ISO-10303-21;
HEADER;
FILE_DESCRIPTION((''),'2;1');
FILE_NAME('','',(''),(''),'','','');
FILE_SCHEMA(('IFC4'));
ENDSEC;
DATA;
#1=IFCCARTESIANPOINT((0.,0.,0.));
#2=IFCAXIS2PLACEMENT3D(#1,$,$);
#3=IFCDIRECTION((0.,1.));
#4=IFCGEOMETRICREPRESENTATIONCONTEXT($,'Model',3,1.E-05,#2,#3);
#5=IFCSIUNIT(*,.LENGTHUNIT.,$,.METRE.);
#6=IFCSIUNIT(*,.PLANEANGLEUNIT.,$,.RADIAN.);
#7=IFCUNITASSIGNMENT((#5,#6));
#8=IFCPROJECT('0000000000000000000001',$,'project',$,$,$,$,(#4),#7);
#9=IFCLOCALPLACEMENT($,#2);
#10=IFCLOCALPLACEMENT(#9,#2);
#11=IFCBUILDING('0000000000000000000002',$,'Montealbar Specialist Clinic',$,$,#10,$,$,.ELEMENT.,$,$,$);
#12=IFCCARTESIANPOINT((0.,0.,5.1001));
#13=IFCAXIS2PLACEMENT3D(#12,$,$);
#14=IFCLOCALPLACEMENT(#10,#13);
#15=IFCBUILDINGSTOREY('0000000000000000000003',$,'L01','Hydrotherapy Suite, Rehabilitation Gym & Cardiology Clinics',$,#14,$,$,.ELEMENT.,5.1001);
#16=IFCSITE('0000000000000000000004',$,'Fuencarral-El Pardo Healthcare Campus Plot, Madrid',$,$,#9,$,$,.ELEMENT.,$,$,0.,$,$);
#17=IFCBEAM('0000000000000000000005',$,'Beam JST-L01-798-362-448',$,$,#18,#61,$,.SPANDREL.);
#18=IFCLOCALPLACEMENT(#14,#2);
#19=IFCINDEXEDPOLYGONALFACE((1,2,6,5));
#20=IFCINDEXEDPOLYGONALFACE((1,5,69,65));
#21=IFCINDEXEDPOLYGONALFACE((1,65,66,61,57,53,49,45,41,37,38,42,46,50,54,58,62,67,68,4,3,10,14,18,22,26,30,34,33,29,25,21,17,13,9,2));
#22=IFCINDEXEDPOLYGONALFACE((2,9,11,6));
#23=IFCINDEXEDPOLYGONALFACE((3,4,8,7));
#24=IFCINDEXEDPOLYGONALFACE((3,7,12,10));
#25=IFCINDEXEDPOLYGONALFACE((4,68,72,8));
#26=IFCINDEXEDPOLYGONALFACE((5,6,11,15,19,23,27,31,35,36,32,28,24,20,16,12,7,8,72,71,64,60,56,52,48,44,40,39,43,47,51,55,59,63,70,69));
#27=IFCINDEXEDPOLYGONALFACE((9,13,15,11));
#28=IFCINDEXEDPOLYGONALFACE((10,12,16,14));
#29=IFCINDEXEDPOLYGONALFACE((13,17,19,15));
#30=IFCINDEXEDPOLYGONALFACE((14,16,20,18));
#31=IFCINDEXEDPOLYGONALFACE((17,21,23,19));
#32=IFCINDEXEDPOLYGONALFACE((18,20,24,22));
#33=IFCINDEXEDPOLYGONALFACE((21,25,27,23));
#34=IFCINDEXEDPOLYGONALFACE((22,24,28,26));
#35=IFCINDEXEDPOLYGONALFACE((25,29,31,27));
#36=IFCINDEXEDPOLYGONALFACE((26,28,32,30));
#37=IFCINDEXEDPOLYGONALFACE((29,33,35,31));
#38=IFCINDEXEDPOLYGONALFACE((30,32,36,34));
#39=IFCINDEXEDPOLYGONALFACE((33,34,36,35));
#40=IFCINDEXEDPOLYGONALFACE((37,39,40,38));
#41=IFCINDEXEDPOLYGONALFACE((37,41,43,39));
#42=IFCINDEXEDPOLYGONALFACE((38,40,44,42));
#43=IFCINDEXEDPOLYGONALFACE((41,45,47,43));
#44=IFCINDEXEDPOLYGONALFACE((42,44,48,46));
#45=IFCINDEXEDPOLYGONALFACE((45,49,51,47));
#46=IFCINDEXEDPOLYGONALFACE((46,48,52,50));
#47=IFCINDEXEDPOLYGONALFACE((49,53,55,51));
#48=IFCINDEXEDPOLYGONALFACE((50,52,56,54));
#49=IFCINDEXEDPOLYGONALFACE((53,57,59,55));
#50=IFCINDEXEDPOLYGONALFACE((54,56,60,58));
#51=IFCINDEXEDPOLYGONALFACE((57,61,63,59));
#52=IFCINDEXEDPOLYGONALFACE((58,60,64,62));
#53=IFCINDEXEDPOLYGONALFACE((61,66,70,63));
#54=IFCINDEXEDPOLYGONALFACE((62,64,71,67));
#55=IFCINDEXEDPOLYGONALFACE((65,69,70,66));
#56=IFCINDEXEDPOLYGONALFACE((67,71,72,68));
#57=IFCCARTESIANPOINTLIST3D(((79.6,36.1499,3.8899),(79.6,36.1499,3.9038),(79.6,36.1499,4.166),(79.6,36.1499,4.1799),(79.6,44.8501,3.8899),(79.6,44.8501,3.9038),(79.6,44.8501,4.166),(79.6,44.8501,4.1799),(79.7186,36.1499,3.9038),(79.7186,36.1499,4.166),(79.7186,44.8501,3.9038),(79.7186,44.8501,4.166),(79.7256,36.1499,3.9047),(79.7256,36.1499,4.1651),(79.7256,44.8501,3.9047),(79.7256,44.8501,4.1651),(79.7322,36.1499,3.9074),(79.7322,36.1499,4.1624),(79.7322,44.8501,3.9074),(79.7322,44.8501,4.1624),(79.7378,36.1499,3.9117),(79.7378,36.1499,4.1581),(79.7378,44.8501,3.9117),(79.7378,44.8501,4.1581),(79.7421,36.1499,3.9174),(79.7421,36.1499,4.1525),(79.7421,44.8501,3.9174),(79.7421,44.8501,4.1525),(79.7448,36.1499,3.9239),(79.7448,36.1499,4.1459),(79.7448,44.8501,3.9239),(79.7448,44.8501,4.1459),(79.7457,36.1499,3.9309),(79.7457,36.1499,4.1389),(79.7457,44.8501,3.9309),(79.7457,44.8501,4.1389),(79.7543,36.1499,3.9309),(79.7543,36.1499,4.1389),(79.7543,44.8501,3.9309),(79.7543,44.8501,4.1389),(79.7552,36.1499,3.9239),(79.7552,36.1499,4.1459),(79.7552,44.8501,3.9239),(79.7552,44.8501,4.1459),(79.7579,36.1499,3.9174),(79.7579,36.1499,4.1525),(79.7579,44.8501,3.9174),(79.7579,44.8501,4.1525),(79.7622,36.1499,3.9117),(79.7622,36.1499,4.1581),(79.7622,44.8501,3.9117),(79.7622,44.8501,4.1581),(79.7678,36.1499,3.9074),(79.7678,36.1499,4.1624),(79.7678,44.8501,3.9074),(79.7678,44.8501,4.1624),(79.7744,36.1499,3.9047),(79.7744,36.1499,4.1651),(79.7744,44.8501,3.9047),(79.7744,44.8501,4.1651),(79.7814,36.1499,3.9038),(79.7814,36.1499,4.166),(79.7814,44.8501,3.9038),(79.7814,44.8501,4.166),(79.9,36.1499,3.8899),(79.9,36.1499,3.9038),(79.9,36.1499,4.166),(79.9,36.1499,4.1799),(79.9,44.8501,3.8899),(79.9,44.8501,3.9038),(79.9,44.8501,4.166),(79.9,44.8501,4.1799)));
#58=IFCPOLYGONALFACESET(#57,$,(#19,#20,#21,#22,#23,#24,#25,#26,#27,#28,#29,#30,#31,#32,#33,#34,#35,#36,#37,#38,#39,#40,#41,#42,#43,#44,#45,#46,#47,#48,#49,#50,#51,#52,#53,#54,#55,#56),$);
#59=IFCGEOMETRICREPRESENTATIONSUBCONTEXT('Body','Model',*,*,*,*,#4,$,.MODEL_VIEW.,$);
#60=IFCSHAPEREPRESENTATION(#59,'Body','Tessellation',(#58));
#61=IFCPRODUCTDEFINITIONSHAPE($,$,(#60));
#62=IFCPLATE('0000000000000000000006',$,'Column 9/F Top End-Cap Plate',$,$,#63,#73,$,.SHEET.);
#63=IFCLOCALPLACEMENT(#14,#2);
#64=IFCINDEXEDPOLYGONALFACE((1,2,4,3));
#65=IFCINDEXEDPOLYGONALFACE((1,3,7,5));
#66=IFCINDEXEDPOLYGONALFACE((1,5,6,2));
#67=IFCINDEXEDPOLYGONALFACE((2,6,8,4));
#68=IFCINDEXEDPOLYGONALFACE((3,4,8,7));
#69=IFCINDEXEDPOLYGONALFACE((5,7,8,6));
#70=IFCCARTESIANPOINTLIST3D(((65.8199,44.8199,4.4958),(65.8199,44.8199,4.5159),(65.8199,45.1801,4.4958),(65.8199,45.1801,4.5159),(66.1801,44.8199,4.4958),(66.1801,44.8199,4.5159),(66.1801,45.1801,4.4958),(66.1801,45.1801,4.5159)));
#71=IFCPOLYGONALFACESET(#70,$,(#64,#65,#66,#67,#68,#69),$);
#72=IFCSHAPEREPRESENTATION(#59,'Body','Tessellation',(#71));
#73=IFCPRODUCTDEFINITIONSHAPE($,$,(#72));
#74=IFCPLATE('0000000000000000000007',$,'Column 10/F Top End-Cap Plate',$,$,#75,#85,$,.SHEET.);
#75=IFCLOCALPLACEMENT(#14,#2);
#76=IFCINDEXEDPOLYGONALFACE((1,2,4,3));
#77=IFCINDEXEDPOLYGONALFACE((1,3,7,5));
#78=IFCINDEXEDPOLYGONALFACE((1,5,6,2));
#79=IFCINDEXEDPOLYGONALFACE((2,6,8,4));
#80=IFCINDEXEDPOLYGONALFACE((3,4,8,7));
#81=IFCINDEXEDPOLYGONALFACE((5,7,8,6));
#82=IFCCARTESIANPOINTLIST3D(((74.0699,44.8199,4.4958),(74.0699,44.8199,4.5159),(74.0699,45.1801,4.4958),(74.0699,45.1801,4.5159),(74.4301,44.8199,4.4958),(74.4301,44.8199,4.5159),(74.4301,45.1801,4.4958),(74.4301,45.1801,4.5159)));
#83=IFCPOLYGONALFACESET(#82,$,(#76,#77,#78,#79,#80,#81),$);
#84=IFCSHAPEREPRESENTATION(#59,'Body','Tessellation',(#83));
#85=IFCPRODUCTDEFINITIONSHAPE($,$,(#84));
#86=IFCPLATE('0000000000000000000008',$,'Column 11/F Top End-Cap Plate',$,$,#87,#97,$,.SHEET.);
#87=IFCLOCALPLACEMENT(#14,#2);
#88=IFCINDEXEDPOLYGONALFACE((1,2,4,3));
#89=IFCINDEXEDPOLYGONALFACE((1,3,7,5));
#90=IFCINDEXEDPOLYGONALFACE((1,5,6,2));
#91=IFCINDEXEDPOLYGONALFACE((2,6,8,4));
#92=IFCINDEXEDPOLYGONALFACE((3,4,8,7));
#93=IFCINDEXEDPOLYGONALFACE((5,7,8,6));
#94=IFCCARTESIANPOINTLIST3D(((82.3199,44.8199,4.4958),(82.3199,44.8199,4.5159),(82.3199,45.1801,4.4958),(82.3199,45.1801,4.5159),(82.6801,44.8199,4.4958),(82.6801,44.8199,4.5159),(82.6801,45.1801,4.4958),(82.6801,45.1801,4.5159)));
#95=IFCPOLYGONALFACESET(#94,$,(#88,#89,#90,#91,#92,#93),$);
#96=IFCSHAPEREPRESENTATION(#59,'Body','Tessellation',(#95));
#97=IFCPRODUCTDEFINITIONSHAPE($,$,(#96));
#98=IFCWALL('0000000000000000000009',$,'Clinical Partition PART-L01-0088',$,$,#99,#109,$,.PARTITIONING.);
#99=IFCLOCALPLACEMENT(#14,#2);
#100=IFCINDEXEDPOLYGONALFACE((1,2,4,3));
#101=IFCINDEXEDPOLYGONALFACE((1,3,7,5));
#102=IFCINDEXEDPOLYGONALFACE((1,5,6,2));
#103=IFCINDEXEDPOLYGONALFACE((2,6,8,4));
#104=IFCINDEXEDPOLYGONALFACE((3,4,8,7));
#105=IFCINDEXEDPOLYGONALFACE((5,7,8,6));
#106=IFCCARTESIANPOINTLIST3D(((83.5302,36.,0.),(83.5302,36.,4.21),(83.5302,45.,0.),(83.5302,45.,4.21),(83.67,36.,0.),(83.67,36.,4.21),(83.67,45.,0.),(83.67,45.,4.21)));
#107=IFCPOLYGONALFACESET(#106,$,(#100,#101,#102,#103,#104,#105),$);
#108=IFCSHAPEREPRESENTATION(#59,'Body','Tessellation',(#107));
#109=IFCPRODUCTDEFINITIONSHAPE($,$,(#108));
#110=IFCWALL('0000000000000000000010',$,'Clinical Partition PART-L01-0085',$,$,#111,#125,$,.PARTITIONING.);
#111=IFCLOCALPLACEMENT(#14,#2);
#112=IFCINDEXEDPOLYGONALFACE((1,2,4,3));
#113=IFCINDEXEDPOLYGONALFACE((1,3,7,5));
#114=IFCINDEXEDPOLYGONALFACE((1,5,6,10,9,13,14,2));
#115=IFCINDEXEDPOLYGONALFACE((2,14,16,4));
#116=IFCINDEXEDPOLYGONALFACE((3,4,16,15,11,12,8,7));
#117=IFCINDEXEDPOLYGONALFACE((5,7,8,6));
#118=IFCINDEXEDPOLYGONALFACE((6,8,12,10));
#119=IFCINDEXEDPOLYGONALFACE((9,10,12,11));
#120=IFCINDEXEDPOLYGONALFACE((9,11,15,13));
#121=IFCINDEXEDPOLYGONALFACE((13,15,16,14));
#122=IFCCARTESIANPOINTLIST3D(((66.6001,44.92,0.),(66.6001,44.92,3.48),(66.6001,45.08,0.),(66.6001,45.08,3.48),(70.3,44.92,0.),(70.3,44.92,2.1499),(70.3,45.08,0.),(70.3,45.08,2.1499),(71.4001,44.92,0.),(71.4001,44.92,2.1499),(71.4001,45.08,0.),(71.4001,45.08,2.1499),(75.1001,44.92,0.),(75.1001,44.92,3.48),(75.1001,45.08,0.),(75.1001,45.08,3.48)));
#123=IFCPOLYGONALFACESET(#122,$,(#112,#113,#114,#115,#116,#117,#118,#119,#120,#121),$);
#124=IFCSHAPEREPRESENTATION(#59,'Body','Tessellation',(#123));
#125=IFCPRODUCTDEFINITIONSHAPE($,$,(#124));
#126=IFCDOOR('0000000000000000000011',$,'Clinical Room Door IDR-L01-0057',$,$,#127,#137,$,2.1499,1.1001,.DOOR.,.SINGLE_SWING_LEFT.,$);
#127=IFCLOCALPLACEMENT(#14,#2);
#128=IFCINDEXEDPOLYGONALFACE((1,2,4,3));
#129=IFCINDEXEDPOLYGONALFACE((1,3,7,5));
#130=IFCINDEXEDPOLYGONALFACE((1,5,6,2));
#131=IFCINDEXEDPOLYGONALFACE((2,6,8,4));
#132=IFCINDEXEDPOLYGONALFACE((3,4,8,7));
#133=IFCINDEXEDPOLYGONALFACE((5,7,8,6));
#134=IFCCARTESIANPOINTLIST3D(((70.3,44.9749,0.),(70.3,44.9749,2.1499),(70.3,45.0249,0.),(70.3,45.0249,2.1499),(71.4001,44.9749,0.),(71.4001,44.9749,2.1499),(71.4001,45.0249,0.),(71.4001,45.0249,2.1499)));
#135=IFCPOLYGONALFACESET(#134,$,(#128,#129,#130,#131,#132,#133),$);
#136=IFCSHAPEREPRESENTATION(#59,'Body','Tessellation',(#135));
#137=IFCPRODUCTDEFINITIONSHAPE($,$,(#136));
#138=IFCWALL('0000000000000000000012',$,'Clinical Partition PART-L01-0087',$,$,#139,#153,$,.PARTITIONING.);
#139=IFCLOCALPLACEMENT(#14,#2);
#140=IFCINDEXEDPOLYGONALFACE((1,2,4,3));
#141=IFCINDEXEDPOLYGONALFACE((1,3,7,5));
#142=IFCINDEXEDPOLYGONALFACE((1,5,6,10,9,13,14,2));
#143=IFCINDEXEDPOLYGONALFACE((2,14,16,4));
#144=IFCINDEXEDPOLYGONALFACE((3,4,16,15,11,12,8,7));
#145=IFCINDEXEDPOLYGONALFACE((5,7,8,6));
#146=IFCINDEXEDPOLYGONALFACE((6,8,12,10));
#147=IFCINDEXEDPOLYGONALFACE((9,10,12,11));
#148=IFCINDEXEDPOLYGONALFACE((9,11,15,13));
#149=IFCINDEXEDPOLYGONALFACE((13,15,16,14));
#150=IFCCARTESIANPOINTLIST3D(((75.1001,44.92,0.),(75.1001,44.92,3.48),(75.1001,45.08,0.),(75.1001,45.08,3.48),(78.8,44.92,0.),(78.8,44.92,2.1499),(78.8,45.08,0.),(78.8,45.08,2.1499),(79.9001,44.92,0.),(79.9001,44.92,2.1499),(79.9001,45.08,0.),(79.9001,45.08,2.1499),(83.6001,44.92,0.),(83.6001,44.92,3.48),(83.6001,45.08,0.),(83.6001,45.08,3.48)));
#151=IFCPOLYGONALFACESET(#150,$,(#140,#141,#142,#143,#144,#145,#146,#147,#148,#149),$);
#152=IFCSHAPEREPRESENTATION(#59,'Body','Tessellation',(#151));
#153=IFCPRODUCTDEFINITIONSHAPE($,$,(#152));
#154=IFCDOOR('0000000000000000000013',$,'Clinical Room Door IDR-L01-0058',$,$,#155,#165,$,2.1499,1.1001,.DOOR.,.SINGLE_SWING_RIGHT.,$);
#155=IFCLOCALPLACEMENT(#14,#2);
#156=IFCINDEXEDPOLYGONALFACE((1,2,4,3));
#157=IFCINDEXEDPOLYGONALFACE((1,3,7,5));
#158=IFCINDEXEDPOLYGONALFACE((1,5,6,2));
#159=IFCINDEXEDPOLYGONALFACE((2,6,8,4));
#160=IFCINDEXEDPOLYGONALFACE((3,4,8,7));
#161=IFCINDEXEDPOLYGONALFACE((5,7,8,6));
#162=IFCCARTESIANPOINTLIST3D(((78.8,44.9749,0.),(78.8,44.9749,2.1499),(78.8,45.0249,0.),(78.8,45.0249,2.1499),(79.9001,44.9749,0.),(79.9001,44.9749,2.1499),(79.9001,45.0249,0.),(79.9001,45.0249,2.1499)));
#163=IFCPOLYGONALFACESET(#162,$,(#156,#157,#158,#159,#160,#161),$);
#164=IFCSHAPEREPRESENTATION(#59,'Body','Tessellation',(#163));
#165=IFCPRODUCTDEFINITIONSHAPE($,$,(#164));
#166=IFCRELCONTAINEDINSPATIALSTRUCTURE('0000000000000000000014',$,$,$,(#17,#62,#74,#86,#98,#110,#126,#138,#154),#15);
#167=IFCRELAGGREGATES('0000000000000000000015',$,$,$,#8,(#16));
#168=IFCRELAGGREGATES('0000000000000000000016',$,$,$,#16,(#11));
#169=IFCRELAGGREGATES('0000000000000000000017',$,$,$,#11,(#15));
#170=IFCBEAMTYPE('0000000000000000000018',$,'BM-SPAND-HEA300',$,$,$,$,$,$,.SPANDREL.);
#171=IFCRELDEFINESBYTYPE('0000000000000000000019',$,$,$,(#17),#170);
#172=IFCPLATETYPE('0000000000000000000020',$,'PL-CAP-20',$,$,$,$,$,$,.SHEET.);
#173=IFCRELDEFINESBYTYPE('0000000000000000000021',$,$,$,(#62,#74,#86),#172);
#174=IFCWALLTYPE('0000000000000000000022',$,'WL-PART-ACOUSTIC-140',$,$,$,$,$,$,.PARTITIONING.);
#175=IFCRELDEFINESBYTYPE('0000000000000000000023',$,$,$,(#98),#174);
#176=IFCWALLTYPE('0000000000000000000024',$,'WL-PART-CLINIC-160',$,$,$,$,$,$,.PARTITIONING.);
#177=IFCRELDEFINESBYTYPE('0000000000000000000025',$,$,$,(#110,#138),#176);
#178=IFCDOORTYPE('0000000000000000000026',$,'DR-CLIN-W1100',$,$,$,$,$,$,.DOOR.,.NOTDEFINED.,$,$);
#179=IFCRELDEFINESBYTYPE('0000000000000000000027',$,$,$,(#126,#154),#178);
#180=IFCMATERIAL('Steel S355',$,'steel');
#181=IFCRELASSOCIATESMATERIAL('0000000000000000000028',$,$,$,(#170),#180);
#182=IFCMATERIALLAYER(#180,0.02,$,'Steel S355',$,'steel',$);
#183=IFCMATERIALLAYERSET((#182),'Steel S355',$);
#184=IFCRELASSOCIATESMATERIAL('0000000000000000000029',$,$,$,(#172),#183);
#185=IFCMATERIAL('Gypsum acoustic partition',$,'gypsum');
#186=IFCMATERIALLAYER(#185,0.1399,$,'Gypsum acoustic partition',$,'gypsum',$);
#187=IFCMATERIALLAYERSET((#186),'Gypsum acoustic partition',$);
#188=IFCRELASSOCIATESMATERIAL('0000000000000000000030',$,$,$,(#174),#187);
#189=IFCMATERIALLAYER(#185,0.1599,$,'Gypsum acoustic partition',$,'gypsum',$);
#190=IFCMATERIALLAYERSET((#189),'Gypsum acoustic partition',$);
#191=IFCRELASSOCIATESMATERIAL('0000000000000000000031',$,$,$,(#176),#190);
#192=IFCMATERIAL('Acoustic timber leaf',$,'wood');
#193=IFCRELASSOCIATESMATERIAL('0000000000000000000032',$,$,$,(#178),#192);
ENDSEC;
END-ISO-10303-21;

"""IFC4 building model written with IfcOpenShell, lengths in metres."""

from ifc_helpers import new_model, si_unit, direction, frame, frame_2d, origin, origin_2d, place, context, subcontext, project, spatial, rectangle, i_section, extrude, material, layer, layer_set, material_profile, profile_set, type_object, element, fill, save


model = new_model("IFC4")

# Units and contexts
model_context = context("Model", 3, precision=1e-05, world=origin(), true_north=direction((0.0, 1.0)))
body_context = subcontext(model_context, "Body", "Model", "MODEL_VIEW")
ifc_project = project(units=[si_unit("LENGTHUNIT", "METRE"), si_unit("PLANEANGLEUNIT", "RADIAN")], contexts=[model_context])

# Site, building, storey
site_placement = place(None, origin())
site = spatial("IfcSite", under=ifc_project, at=site_placement, Name="Fuencarral-El Pardo Healthcare Campus Plot, Madrid", CompositionType="ELEMENT", RefElevation=0.0)
building_placement = place(site_placement, origin())
building = spatial("IfcBuilding", under=site, at=building_placement, Name="Montealbar Specialist Clinic", CompositionType="ELEMENT")
storey_placement = place(building_placement, frame((0.0, 0.0, 5.1001)))
storey = spatial("IfcBuildingStorey", under=building, at=storey_placement, Name="L01", Description="Hydrotherapy Suite, Rehabilitation Gym & Cardiology Clinics", CompositionType="ELEMENT", Elevation=5.1001)

# Shared definitions
ifc_material_1 = material(Name="Steel S355", Category="steel")

# Beam
ifc_material_profile_1 = material_profile(ifc_material_1, i_section(OverallWidth=0.3, OverallDepth=0.29, WebThickness=0.0085, FlangeThickness=0.0139, FilletRadius=0.0271, at=origin_2d()), Name="HEA 300", Category="steel")
ifc_profile_set_1 = profile_set([ifc_material_profile_1], Name="Steel S355")
beam_type_1 = type_object("IfcBeamType", Name="BM-SPAND-HEA300", PredefinedType="SPANDREL", material=ifc_profile_set_1)
beam_1_placement = place(storey_placement, frame((79.75, 36.1499, 4.0349), z_axis=(0.0, 1.0, 0.0), x_axis=(-1.0, 0.0, 0.0)))
element("IfcBeam", 1, at=beam_1_placement, inside=storey, type_object=beam_type_1, Name="Beam JST-L01-798-362-448", PredefinedType="SPANDREL", context=body_context, shape_type="SweptSolid", body=[
    extrude(i_section(OverallWidth=0.3, OverallDepth=0.29, WebThickness=0.0085, FlangeThickness=0.0139, FilletRadius=0.0271, at=origin_2d()), origin(), (0.0, 0.0, 1.0), 8.7002),
])

# Plates
ifc_layer_1 = layer(ifc_material_1, 0.02, Name="Steel S355", Category="steel")
ifc_layer_set_1 = layer_set([ifc_layer_1], Name="Steel S355")
plate_type = type_object("IfcPlateType", Name="PL-CAP-20", PredefinedType="SHEET", material=ifc_layer_set_1)
for number, where, z_axis, x_axis, name in (
    (2, (66.0, 45.0, 4.4958), (0.0, 0.0, 1.0), (1.0, 0.0, 0.0), "Column 9/F Top End-Cap Plate"),
    (3, (74.25, 45.0, 4.4958), (0.0, 0.0, 1.0), (1.0, 0.0, 0.0), "Column 10/F Top End-Cap Plate"),
    (4, (82.5, 45.0, 4.4958), (0.0, 0.0, 1.0), (1.0, 0.0, 0.0), "Column 11/F Top End-Cap Plate"),
):
    element("IfcPlate", number, at=place(storey_placement, frame(where, z_axis=z_axis, x_axis=x_axis)), inside=storey, type_object=plate_type, Name=name, PredefinedType="SHEET", context=body_context, shape_type="SweptSolid", body=[
        extrude(rectangle(XDim=0.3601, YDim=0.3601, at=origin_2d()), origin(), (0.0, 0.0, 1.0), 0.02),
    ])

# Wall
ifc_material_2 = material(Name="Gypsum acoustic partition", Category="gypsum")
ifc_layer_2 = layer(ifc_material_2, 0.1399, Name="Gypsum acoustic partition", Category="gypsum")
ifc_layer_set_2 = layer_set([ifc_layer_2], Name="Gypsum acoustic partition")
wall_type_1 = type_object("IfcWallType", Name="WL-PART-ACOUSTIC-140", PredefinedType="PARTITIONING", material=ifc_layer_set_2)
wall_1_placement = place(storey_placement, frame((83.6001, 36.0, 0.0), z_axis=(0.0, 0.0, 1.0), x_axis=(0.0, 1.0, 0.0)))
element("IfcWall", 5, at=wall_1_placement, inside=storey, type_object=wall_type_1, Name="Clinical Partition PART-L01-0088", PredefinedType="PARTITIONING", context=body_context, shape_type="SweptSolid", body=[
    extrude(rectangle(XDim=9.0, YDim=0.1399, at=frame_2d((4.5, 0.0))), origin(), (0.0, 0.0, 1.0), 4.21),
])

# Walls, openings, doors
ifc_layer_3 = layer(ifc_material_2, 0.1599, Name="Gypsum acoustic partition", Category="gypsum")
ifc_layer_set_3 = layer_set([ifc_layer_3], Name="Gypsum acoustic partition")
wall_type_2 = type_object("IfcWallType", Name="WL-PART-CLINIC-160", PredefinedType="PARTITIONING", material=ifc_layer_set_3)
wall_2_placement = place(storey_placement, frame((66.6001, 45.0, 0.0), z_axis=(0.0, 0.0, 1.0), x_axis=(1.0, 0.0, 0.0)))
wall_2 = element("IfcWall", 6, at=wall_2_placement, inside=storey, type_object=wall_type_2, Name="Clinical Partition PART-L01-0085", PredefinedType="PARTITIONING", context=body_context, shape_type="SweptSolid", body=[
    extrude(rectangle(XDim=8.5, YDim=0.1599, at=frame_2d((4.25, 0.0))), origin(), (0.0, 0.0, 1.0), 3.48),
])
opening_1_placement = place(wall_2_placement, frame((3.7, 0.0, 0.0)))
opening_1 = element("IfcOpeningElement", 7, at=opening_1_placement, cuts=wall_2, PredefinedType="OPENING", context=body_context, shape_type="SweptSolid", body=[
    extrude(rectangle(XDim=1.1001, YDim=2.1499, at=frame_2d((0.55, 1.075))), frame((0.0, 0.0898, 0.0), z_axis=(0.0, -1.0, 0.0), x_axis=(1.0, 0.0, 0.0)), (0.0, 0.0, 1.0), 0.1799),
])
ifc_material_3 = material(Name="Acoustic timber leaf", Category="wood")
door_type = type_object("IfcDoorType", Name="DR-CLIN-W1100", OperationType="NOTDEFINED", PredefinedType="DOOR", material=ifc_material_3)
door_1_placement = place(opening_1_placement, origin())
door_1 = element("IfcDoor", 8, at=door_1_placement, inside=storey, type_object=door_type, Name="Clinical Room Door IDR-L01-0057", OperationType="SINGLE_SWING_LEFT", OverallHeight=2.1499, OverallWidth=1.1001, PredefinedType="DOOR", context=body_context, shape_type="SweptSolid", body=[
    extrude(rectangle(XDim=1.1001, YDim=2.1499, at=frame_2d((0.55, 1.075))), frame((0.0, 0.0249, 0.0), z_axis=(0.0, -1.0, 0.0), x_axis=(1.0, 0.0, 0.0)), (0.0, 0.0, 1.0), 0.05),
])
fill(opening_1, door_1)
wall_3_placement = place(storey_placement, frame((75.1001, 45.0, 0.0), z_axis=(0.0, 0.0, 1.0), x_axis=(1.0, 0.0, 0.0)))
wall_3 = element("IfcWall", 9, at=wall_3_placement, inside=storey, type_object=wall_type_2, Name="Clinical Partition PART-L01-0087", PredefinedType="PARTITIONING", context=body_context, shape_type="SweptSolid", body=[
    extrude(rectangle(XDim=8.5, YDim=0.1599, at=frame_2d((4.25, 0.0))), origin(), (0.0, 0.0, 1.0), 3.48),
])
opening_2_placement = place(wall_3_placement, frame((3.7, 0.0, 0.0)))
opening_2 = element("IfcOpeningElement", 10, at=opening_2_placement, cuts=wall_3, PredefinedType="OPENING", context=body_context, shape_type="SweptSolid", body=[
    extrude(rectangle(XDim=1.1001, YDim=2.1499, at=frame_2d((0.55, 1.075))), frame((0.0, 0.0898, 0.0), z_axis=(0.0, -1.0, 0.0), x_axis=(1.0, 0.0, 0.0)), (0.0, 0.0, 1.0), 0.1799),
])
door_2_placement = place(opening_2_placement, origin())
door_2 = element("IfcDoor", 11, at=door_2_placement, inside=storey, type_object=door_type, Name="Clinical Room Door IDR-L01-0058", OperationType="SINGLE_SWING_RIGHT", OverallHeight=2.1499, OverallWidth=1.1001, PredefinedType="DOOR", context=body_context, shape_type="SweptSolid", body=[
    extrude(rectangle(XDim=1.1001, YDim=2.1499, at=frame_2d((0.55, 1.075))), frame((0.0, 0.0249, 0.0), z_axis=(0.0, -1.0, 0.0), x_axis=(1.0, 0.0, 0.0)), (0.0, 0.0, 1.0), 0.05),
])
fill(opening_2, door_2)

save(model, "model.ifc")
